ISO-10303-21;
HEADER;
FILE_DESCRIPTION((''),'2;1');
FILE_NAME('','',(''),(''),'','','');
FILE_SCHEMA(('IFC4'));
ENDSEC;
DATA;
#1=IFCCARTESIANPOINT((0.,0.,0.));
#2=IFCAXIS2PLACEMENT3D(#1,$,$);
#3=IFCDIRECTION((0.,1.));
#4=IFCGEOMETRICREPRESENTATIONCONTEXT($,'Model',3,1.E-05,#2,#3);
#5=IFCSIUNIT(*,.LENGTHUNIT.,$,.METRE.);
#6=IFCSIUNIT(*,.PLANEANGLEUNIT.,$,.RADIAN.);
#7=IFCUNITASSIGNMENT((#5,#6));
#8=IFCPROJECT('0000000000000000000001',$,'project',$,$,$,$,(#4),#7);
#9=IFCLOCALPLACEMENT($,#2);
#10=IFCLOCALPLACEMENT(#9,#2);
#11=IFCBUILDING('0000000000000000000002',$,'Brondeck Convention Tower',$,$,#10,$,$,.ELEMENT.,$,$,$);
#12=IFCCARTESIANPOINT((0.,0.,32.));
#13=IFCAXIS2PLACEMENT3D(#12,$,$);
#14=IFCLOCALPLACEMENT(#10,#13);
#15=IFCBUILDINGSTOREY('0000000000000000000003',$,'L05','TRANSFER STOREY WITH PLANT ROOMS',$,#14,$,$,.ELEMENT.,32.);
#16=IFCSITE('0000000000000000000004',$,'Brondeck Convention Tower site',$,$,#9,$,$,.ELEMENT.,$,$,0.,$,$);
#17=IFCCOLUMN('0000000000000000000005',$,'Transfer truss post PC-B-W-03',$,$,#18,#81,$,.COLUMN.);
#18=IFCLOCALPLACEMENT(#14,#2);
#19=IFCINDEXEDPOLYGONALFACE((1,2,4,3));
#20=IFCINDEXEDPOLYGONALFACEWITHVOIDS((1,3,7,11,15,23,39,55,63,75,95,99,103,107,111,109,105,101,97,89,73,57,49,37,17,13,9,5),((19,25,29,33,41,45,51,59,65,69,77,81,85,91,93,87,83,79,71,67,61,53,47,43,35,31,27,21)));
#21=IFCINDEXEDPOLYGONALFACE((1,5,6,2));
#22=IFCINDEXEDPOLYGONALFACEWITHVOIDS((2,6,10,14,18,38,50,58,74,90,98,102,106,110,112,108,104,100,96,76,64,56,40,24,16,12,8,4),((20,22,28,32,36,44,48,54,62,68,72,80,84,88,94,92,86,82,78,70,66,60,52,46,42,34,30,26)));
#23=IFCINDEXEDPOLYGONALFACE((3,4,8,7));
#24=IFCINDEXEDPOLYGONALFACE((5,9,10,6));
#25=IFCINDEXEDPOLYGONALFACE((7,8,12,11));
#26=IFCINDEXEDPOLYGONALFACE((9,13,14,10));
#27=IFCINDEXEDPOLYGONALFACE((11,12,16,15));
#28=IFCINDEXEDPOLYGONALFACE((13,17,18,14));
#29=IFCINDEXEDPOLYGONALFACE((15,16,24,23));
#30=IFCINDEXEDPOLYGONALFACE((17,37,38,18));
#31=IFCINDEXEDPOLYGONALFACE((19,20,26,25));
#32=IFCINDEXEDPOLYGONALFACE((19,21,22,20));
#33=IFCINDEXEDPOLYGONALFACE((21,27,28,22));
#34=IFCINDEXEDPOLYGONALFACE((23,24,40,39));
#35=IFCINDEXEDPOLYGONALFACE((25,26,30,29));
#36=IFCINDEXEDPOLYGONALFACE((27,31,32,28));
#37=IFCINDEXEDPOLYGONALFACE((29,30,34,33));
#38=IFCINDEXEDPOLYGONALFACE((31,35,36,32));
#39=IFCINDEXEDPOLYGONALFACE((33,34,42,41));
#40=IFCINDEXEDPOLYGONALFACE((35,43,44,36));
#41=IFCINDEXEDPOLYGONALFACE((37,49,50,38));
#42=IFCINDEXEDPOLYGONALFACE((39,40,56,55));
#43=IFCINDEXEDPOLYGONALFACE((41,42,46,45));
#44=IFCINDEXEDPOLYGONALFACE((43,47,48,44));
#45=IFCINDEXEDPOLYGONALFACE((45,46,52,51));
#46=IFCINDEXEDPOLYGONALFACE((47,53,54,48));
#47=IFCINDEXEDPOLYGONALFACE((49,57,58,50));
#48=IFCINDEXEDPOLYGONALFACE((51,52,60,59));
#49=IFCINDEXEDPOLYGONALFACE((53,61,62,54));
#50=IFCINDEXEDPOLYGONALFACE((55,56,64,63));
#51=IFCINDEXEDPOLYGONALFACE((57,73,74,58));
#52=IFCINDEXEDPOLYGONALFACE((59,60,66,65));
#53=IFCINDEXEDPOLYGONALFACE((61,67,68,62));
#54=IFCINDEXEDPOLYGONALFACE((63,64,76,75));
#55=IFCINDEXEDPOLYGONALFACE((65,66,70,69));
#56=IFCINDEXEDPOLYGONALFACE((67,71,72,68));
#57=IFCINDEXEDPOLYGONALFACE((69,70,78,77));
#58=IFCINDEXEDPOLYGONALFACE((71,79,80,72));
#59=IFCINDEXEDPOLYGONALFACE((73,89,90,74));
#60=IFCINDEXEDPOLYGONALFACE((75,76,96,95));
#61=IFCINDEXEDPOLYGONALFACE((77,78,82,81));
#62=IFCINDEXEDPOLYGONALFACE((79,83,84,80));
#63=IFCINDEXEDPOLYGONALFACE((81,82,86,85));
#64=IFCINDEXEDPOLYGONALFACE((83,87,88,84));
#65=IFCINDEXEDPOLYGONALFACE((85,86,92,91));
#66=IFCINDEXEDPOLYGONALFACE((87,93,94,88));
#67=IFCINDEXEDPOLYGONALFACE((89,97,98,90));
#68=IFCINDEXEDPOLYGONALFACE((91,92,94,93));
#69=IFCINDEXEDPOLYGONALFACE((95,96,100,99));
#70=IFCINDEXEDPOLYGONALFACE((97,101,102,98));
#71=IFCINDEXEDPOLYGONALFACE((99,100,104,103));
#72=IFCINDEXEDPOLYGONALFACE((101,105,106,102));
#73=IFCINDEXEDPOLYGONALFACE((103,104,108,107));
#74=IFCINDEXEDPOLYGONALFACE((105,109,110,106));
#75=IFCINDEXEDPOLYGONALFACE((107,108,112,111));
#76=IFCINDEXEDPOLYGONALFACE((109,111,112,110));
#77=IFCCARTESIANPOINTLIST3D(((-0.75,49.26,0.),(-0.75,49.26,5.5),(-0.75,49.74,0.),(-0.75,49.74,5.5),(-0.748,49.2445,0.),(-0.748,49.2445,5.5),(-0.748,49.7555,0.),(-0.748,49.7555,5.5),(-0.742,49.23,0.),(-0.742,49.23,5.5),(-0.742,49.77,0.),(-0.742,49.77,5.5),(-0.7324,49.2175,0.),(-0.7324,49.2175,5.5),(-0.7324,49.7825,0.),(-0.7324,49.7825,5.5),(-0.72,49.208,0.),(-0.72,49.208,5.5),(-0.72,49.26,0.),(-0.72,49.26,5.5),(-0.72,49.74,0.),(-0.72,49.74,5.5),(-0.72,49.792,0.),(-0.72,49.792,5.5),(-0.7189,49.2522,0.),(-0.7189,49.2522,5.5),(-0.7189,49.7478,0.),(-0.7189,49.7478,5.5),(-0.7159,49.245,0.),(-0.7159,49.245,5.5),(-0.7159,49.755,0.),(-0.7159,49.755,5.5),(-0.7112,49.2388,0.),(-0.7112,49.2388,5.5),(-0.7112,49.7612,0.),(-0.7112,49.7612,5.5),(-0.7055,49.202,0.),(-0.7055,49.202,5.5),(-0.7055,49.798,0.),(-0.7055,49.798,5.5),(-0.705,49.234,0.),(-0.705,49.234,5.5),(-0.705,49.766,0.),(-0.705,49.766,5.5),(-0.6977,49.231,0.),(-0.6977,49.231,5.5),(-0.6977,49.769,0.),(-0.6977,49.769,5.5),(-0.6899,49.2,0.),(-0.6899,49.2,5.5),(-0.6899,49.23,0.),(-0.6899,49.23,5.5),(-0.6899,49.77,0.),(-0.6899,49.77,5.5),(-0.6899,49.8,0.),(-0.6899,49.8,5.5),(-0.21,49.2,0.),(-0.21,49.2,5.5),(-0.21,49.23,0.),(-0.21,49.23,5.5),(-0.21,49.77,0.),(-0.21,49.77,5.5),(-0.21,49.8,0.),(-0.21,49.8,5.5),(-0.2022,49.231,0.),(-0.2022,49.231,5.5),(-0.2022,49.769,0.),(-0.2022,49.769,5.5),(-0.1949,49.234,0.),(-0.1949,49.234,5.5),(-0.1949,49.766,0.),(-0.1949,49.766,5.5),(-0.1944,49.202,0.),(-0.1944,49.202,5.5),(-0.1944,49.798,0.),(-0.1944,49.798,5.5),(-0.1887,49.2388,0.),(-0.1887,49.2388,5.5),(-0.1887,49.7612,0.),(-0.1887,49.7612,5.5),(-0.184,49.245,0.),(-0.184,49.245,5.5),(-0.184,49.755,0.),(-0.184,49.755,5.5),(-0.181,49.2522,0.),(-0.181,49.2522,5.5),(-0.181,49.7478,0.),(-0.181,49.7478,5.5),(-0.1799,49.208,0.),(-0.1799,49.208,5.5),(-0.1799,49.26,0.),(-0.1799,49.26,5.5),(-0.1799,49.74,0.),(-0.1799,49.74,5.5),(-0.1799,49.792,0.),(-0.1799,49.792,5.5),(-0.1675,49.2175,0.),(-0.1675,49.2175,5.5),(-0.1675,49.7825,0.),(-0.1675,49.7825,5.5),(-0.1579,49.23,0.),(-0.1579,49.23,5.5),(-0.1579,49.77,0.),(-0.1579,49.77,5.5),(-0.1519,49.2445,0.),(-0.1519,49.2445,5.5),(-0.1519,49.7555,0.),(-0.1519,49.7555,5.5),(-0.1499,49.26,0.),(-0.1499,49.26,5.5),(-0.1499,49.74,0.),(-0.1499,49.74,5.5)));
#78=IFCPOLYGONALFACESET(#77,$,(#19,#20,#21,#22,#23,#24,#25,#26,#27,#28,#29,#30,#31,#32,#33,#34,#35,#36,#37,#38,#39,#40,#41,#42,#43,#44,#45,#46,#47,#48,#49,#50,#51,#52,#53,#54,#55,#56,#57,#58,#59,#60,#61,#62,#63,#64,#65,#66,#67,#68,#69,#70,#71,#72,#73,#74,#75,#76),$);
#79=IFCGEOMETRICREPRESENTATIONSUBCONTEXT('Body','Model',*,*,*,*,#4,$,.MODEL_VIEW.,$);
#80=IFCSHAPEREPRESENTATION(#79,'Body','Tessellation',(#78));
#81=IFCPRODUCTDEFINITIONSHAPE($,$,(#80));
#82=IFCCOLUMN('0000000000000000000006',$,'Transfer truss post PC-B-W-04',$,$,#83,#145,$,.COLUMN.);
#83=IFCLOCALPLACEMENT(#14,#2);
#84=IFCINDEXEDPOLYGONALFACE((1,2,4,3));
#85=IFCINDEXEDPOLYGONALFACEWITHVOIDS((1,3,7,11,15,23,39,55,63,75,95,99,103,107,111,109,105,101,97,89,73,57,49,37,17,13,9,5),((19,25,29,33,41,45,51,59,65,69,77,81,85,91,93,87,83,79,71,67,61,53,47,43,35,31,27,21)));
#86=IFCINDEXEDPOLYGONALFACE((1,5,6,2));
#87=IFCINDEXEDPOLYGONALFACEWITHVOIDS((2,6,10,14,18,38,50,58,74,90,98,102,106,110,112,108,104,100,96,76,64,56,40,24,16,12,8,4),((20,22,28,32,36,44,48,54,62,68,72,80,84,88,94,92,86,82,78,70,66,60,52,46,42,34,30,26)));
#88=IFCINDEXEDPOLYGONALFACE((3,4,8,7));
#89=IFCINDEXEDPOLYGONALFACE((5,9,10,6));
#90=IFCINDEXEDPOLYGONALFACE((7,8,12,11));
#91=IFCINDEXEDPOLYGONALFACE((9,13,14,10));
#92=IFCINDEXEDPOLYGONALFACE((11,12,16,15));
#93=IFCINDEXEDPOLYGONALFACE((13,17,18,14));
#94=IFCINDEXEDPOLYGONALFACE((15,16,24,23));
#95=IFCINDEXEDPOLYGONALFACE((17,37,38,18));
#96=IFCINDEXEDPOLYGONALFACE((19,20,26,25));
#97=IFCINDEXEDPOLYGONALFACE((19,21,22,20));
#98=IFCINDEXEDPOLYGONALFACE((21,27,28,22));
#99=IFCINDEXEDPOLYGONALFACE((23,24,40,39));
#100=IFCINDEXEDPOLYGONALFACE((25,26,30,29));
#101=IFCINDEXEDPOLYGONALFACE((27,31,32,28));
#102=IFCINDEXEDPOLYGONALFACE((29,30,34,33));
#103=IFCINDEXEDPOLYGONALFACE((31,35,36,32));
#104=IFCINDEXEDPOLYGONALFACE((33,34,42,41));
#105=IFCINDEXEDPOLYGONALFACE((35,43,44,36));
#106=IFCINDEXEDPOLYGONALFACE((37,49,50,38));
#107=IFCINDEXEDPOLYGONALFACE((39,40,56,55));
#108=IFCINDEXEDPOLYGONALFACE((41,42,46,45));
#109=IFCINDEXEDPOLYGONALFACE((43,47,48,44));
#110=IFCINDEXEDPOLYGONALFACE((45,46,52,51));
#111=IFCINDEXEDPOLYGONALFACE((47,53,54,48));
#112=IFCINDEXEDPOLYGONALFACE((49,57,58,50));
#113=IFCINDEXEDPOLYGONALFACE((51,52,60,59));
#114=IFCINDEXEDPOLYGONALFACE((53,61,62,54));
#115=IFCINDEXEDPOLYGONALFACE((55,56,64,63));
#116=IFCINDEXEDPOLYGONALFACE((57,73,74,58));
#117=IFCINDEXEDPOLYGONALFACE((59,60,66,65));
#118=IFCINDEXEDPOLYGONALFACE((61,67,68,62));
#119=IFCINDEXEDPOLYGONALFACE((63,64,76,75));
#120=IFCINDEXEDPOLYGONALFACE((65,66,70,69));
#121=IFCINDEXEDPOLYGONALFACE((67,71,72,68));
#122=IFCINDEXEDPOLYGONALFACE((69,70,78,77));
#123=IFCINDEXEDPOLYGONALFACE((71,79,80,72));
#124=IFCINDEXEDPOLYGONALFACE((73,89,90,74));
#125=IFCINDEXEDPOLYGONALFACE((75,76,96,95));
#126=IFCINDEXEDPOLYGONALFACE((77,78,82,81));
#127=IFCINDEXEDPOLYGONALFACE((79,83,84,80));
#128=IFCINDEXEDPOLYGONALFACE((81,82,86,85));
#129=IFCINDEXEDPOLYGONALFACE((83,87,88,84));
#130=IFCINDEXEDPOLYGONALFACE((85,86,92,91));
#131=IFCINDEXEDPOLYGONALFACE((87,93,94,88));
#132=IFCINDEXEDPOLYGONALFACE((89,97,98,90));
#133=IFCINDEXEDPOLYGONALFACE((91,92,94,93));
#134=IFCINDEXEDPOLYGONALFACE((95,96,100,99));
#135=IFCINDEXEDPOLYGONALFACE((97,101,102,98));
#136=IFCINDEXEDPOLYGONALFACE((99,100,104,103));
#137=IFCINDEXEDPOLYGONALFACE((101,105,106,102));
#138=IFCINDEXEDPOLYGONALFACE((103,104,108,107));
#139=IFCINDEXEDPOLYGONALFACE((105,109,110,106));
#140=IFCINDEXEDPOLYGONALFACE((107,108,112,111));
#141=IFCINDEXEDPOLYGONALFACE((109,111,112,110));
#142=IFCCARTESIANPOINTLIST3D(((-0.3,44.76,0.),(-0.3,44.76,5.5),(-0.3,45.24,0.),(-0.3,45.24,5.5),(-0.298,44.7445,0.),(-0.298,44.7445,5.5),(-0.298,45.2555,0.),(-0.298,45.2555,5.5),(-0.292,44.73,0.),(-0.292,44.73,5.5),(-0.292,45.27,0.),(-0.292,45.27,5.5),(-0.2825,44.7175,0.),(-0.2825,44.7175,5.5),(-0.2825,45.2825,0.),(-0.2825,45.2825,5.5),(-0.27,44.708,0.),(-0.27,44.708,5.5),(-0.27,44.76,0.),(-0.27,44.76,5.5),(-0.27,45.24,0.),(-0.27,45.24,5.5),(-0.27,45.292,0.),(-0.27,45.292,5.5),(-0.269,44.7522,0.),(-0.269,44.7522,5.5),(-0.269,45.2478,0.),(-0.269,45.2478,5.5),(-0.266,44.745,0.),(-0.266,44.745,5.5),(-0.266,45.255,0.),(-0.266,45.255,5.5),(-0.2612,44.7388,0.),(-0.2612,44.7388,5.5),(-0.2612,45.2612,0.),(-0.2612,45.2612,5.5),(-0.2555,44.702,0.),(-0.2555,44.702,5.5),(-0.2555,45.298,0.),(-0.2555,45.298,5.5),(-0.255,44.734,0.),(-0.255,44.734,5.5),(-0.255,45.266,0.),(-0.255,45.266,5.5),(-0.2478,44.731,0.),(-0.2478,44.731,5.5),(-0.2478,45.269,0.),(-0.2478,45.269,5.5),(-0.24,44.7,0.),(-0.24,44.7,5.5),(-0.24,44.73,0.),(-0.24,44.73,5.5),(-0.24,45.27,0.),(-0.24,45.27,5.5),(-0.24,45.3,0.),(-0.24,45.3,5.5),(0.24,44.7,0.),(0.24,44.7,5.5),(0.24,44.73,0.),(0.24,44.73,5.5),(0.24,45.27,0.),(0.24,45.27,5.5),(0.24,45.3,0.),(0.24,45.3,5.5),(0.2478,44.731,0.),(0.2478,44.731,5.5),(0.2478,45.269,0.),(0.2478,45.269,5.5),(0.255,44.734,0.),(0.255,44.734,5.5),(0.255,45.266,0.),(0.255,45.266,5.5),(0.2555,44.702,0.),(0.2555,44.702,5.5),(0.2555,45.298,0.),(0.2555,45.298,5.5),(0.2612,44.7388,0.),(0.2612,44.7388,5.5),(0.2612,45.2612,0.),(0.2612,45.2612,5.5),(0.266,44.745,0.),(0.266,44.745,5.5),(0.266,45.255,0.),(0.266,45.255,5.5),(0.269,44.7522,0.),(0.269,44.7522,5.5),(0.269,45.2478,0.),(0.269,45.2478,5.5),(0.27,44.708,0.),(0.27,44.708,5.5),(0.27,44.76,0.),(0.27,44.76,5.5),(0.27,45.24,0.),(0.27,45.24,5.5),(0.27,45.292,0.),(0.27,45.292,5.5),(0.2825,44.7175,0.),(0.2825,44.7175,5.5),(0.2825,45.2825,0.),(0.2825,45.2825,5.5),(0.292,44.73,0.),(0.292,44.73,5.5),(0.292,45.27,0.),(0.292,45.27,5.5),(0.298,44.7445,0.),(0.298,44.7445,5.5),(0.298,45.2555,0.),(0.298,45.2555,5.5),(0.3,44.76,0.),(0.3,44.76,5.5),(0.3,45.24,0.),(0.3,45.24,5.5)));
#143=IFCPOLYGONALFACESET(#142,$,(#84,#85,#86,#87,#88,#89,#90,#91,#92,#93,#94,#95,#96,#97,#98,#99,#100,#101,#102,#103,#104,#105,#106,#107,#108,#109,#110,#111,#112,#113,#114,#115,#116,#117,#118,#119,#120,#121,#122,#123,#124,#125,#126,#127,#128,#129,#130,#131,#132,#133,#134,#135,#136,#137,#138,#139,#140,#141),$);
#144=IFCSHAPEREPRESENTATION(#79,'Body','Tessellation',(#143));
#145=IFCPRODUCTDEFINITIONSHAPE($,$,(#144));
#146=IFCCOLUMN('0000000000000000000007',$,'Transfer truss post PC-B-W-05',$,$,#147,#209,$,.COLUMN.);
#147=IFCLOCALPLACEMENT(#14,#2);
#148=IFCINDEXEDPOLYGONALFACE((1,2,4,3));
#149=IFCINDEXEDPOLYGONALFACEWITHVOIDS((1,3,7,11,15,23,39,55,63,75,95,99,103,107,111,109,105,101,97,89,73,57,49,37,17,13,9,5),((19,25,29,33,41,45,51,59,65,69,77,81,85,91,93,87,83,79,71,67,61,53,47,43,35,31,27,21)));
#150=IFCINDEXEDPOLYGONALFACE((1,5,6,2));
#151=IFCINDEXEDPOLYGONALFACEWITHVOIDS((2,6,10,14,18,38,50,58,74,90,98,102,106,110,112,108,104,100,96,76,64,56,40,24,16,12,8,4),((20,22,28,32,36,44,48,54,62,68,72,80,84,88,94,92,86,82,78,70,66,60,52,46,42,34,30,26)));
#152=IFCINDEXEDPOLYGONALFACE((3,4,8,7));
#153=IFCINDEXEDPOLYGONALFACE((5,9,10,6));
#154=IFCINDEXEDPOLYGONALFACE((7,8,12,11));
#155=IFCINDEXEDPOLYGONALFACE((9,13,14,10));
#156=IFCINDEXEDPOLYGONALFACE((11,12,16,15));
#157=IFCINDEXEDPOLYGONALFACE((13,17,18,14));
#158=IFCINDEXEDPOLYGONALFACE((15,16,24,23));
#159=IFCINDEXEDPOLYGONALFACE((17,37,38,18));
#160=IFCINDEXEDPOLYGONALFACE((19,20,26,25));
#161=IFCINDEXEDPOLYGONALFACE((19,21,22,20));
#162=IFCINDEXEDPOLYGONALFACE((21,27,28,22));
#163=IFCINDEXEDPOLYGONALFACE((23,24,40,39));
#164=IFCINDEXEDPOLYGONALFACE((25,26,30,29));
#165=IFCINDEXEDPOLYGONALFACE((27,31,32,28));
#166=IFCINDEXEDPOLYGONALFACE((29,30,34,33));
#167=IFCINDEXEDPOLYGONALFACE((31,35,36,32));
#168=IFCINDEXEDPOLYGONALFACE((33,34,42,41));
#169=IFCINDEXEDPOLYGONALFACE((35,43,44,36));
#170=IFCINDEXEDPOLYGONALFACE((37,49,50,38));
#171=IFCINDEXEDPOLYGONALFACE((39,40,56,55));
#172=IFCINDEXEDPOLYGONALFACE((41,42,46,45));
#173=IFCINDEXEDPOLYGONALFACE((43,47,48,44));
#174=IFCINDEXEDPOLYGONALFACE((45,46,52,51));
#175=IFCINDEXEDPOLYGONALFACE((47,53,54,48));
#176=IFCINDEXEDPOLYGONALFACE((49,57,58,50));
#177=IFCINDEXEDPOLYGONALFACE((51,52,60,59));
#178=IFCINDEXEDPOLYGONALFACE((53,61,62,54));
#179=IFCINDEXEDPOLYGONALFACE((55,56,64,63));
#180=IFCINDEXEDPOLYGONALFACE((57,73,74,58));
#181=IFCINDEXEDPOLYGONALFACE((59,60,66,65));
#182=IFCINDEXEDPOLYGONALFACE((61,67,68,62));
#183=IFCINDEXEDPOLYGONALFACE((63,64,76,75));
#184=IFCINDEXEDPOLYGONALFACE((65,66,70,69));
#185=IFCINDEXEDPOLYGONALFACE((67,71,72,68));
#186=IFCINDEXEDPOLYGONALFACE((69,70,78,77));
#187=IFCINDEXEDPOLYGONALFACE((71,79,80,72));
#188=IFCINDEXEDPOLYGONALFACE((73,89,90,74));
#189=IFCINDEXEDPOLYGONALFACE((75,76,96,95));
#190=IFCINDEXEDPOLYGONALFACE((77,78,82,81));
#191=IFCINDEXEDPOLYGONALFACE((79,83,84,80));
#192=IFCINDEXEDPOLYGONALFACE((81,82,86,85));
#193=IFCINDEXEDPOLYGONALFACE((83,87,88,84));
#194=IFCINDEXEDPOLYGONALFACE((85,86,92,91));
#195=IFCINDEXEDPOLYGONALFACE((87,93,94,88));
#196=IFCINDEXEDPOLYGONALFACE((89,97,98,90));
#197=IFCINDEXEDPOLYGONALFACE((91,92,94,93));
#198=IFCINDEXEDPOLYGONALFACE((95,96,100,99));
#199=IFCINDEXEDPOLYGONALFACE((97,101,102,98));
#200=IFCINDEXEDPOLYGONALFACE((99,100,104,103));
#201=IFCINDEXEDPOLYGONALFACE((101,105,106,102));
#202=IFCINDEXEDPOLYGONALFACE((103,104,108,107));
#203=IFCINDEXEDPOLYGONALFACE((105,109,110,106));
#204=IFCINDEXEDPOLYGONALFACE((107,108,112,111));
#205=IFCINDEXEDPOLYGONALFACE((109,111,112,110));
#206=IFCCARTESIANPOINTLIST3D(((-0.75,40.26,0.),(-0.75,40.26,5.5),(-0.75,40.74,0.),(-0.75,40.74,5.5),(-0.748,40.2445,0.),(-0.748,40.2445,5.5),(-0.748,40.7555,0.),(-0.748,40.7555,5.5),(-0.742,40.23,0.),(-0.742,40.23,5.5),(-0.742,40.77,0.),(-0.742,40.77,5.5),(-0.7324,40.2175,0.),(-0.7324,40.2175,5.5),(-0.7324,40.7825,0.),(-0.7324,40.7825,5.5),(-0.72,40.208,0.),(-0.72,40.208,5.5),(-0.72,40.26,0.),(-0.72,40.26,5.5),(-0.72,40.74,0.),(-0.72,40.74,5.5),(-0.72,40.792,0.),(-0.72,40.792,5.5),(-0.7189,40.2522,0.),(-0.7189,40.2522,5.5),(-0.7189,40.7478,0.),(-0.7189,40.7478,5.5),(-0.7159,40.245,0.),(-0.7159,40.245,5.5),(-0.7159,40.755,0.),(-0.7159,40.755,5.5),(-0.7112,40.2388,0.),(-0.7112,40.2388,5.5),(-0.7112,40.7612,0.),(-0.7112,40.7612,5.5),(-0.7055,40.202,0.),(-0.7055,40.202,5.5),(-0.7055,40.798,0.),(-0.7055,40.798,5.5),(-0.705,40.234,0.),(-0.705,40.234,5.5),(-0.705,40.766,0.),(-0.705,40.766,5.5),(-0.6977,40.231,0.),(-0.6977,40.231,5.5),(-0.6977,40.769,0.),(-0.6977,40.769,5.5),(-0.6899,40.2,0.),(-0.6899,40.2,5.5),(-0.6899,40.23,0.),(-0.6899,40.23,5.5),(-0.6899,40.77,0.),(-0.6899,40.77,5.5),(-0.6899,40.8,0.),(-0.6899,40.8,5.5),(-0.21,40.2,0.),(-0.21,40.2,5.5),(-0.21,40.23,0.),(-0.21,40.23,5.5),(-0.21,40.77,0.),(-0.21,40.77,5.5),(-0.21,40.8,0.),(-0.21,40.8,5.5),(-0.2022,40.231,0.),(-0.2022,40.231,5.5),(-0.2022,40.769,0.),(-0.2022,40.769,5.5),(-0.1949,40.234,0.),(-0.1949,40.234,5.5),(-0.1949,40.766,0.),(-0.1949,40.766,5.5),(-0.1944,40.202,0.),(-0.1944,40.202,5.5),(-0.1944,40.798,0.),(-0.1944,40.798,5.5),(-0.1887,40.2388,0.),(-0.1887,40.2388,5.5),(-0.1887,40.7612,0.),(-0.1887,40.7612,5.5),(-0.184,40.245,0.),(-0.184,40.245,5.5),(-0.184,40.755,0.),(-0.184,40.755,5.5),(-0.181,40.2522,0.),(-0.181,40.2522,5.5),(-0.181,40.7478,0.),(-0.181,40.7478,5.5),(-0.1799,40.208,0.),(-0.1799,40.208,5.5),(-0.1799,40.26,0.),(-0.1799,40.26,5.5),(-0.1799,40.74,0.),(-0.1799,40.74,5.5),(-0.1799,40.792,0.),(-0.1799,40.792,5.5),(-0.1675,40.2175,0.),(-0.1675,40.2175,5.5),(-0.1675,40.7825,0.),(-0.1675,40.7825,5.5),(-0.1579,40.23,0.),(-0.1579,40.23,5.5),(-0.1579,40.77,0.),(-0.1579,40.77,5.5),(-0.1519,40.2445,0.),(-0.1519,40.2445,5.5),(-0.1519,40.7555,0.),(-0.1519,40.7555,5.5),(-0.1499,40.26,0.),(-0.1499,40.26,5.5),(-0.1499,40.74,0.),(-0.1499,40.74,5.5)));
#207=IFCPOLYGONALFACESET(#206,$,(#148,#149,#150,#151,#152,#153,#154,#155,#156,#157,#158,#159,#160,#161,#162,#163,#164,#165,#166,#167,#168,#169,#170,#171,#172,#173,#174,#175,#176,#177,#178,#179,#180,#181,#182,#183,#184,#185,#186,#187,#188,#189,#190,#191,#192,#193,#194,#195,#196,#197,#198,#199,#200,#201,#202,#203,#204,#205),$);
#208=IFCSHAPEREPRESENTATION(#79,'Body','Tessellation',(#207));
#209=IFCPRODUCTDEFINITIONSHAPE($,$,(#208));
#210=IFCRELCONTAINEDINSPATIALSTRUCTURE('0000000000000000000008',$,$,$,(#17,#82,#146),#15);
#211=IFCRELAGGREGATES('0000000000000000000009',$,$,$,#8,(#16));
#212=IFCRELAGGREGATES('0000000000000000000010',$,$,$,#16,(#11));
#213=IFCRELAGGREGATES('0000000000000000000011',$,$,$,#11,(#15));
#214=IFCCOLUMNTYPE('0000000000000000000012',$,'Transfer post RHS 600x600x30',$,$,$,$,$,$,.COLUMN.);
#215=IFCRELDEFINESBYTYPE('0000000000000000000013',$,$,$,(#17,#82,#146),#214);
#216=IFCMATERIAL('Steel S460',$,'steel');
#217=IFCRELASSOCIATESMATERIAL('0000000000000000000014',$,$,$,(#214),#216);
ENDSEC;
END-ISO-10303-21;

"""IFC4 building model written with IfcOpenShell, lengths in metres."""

from ifc_helpers import new_model, si_unit, direction, frame, origin, origin_2d, place, context, subcontext, project, spatial, hollow_rectangle, extrude, material, material_profile, profile_set, type_object, element, save


model = new_model("IFC4")

# Units and contexts
model_context = context("Model", 3, precision=1e-05, world=origin(), true_north=direction((0.0, 1.0)))
body_context = subcontext(model_context, "Body", "Model", "MODEL_VIEW")
ifc_project = project(units=[si_unit("LENGTHUNIT", "METRE"), si_unit("PLANEANGLEUNIT", "RADIAN")], contexts=[model_context])

# Site, building, storey
site_placement = place(None, origin())
site = spatial("IfcSite", under=ifc_project, at=site_placement, Name="Brondeck Convention Tower site", CompositionType="ELEMENT", RefElevation=0.0)
building_placement = place(site_placement, origin())
building = spatial("IfcBuilding", under=site, at=building_placement, Name="Brondeck Convention Tower", CompositionType="ELEMENT")
storey_placement = place(building_placement, frame((0.0, 0.0, 32.0)))
storey = spatial("IfcBuildingStorey", under=building, at=storey_placement, Name="L05", Description="TRANSFER STOREY WITH PLANT ROOMS", CompositionType="ELEMENT", Elevation=32.0)

# Columns
ifc_material_1 = material(Name="Steel S460", Category="steel")
ifc_material_profile_1 = material_profile(ifc_material_1, hollow_rectangle(XDim=0.6001, YDim=0.6001, WallThickness=0.03, InnerFilletRadius=0.03, OuterFilletRadius=0.0601, at=origin_2d()), Name="RHS 600x600x30")
ifc_profile_set_1 = profile_set([ifc_material_profile_1], Name="Steel S460")
column_type = type_object("IfcColumnType", Name="Transfer post RHS 600x600x30", PredefinedType="COLUMN", material=ifc_profile_set_1)
for number, where, z_axis, x_axis, name in (
    (1, (-0.45, 49.5, 0.0), (0.0, 0.0, 1.0), (1.0, 0.0, 0.0), "Transfer truss post PC-B-W-03"),
    (2, (0.0, 45.0, 0.0), (0.0, 0.0, 1.0), (1.0, 0.0, 0.0), "Transfer truss post PC-B-W-04"),
    (3, (-0.45, 40.5, 0.0), (0.0, 0.0, 1.0), (1.0, 0.0, 0.0), "Transfer truss post PC-B-W-05"),
):
    element("IfcColumn", number, at=place(storey_placement, frame(where, z_axis=z_axis, x_axis=x_axis)), inside=storey, type_object=column_type, Name=name, PredefinedType="COLUMN", context=body_context, shape_type="SweptSolid", body=[
        extrude(hollow_rectangle(XDim=0.6001, YDim=0.6001, WallThickness=0.03, InnerFilletRadius=0.03, OuterFilletRadius=0.0601, at=origin_2d()), origin(), (0.0, 0.0, 1.0), 5.5),
    ])

save(model, "model.ifc")
